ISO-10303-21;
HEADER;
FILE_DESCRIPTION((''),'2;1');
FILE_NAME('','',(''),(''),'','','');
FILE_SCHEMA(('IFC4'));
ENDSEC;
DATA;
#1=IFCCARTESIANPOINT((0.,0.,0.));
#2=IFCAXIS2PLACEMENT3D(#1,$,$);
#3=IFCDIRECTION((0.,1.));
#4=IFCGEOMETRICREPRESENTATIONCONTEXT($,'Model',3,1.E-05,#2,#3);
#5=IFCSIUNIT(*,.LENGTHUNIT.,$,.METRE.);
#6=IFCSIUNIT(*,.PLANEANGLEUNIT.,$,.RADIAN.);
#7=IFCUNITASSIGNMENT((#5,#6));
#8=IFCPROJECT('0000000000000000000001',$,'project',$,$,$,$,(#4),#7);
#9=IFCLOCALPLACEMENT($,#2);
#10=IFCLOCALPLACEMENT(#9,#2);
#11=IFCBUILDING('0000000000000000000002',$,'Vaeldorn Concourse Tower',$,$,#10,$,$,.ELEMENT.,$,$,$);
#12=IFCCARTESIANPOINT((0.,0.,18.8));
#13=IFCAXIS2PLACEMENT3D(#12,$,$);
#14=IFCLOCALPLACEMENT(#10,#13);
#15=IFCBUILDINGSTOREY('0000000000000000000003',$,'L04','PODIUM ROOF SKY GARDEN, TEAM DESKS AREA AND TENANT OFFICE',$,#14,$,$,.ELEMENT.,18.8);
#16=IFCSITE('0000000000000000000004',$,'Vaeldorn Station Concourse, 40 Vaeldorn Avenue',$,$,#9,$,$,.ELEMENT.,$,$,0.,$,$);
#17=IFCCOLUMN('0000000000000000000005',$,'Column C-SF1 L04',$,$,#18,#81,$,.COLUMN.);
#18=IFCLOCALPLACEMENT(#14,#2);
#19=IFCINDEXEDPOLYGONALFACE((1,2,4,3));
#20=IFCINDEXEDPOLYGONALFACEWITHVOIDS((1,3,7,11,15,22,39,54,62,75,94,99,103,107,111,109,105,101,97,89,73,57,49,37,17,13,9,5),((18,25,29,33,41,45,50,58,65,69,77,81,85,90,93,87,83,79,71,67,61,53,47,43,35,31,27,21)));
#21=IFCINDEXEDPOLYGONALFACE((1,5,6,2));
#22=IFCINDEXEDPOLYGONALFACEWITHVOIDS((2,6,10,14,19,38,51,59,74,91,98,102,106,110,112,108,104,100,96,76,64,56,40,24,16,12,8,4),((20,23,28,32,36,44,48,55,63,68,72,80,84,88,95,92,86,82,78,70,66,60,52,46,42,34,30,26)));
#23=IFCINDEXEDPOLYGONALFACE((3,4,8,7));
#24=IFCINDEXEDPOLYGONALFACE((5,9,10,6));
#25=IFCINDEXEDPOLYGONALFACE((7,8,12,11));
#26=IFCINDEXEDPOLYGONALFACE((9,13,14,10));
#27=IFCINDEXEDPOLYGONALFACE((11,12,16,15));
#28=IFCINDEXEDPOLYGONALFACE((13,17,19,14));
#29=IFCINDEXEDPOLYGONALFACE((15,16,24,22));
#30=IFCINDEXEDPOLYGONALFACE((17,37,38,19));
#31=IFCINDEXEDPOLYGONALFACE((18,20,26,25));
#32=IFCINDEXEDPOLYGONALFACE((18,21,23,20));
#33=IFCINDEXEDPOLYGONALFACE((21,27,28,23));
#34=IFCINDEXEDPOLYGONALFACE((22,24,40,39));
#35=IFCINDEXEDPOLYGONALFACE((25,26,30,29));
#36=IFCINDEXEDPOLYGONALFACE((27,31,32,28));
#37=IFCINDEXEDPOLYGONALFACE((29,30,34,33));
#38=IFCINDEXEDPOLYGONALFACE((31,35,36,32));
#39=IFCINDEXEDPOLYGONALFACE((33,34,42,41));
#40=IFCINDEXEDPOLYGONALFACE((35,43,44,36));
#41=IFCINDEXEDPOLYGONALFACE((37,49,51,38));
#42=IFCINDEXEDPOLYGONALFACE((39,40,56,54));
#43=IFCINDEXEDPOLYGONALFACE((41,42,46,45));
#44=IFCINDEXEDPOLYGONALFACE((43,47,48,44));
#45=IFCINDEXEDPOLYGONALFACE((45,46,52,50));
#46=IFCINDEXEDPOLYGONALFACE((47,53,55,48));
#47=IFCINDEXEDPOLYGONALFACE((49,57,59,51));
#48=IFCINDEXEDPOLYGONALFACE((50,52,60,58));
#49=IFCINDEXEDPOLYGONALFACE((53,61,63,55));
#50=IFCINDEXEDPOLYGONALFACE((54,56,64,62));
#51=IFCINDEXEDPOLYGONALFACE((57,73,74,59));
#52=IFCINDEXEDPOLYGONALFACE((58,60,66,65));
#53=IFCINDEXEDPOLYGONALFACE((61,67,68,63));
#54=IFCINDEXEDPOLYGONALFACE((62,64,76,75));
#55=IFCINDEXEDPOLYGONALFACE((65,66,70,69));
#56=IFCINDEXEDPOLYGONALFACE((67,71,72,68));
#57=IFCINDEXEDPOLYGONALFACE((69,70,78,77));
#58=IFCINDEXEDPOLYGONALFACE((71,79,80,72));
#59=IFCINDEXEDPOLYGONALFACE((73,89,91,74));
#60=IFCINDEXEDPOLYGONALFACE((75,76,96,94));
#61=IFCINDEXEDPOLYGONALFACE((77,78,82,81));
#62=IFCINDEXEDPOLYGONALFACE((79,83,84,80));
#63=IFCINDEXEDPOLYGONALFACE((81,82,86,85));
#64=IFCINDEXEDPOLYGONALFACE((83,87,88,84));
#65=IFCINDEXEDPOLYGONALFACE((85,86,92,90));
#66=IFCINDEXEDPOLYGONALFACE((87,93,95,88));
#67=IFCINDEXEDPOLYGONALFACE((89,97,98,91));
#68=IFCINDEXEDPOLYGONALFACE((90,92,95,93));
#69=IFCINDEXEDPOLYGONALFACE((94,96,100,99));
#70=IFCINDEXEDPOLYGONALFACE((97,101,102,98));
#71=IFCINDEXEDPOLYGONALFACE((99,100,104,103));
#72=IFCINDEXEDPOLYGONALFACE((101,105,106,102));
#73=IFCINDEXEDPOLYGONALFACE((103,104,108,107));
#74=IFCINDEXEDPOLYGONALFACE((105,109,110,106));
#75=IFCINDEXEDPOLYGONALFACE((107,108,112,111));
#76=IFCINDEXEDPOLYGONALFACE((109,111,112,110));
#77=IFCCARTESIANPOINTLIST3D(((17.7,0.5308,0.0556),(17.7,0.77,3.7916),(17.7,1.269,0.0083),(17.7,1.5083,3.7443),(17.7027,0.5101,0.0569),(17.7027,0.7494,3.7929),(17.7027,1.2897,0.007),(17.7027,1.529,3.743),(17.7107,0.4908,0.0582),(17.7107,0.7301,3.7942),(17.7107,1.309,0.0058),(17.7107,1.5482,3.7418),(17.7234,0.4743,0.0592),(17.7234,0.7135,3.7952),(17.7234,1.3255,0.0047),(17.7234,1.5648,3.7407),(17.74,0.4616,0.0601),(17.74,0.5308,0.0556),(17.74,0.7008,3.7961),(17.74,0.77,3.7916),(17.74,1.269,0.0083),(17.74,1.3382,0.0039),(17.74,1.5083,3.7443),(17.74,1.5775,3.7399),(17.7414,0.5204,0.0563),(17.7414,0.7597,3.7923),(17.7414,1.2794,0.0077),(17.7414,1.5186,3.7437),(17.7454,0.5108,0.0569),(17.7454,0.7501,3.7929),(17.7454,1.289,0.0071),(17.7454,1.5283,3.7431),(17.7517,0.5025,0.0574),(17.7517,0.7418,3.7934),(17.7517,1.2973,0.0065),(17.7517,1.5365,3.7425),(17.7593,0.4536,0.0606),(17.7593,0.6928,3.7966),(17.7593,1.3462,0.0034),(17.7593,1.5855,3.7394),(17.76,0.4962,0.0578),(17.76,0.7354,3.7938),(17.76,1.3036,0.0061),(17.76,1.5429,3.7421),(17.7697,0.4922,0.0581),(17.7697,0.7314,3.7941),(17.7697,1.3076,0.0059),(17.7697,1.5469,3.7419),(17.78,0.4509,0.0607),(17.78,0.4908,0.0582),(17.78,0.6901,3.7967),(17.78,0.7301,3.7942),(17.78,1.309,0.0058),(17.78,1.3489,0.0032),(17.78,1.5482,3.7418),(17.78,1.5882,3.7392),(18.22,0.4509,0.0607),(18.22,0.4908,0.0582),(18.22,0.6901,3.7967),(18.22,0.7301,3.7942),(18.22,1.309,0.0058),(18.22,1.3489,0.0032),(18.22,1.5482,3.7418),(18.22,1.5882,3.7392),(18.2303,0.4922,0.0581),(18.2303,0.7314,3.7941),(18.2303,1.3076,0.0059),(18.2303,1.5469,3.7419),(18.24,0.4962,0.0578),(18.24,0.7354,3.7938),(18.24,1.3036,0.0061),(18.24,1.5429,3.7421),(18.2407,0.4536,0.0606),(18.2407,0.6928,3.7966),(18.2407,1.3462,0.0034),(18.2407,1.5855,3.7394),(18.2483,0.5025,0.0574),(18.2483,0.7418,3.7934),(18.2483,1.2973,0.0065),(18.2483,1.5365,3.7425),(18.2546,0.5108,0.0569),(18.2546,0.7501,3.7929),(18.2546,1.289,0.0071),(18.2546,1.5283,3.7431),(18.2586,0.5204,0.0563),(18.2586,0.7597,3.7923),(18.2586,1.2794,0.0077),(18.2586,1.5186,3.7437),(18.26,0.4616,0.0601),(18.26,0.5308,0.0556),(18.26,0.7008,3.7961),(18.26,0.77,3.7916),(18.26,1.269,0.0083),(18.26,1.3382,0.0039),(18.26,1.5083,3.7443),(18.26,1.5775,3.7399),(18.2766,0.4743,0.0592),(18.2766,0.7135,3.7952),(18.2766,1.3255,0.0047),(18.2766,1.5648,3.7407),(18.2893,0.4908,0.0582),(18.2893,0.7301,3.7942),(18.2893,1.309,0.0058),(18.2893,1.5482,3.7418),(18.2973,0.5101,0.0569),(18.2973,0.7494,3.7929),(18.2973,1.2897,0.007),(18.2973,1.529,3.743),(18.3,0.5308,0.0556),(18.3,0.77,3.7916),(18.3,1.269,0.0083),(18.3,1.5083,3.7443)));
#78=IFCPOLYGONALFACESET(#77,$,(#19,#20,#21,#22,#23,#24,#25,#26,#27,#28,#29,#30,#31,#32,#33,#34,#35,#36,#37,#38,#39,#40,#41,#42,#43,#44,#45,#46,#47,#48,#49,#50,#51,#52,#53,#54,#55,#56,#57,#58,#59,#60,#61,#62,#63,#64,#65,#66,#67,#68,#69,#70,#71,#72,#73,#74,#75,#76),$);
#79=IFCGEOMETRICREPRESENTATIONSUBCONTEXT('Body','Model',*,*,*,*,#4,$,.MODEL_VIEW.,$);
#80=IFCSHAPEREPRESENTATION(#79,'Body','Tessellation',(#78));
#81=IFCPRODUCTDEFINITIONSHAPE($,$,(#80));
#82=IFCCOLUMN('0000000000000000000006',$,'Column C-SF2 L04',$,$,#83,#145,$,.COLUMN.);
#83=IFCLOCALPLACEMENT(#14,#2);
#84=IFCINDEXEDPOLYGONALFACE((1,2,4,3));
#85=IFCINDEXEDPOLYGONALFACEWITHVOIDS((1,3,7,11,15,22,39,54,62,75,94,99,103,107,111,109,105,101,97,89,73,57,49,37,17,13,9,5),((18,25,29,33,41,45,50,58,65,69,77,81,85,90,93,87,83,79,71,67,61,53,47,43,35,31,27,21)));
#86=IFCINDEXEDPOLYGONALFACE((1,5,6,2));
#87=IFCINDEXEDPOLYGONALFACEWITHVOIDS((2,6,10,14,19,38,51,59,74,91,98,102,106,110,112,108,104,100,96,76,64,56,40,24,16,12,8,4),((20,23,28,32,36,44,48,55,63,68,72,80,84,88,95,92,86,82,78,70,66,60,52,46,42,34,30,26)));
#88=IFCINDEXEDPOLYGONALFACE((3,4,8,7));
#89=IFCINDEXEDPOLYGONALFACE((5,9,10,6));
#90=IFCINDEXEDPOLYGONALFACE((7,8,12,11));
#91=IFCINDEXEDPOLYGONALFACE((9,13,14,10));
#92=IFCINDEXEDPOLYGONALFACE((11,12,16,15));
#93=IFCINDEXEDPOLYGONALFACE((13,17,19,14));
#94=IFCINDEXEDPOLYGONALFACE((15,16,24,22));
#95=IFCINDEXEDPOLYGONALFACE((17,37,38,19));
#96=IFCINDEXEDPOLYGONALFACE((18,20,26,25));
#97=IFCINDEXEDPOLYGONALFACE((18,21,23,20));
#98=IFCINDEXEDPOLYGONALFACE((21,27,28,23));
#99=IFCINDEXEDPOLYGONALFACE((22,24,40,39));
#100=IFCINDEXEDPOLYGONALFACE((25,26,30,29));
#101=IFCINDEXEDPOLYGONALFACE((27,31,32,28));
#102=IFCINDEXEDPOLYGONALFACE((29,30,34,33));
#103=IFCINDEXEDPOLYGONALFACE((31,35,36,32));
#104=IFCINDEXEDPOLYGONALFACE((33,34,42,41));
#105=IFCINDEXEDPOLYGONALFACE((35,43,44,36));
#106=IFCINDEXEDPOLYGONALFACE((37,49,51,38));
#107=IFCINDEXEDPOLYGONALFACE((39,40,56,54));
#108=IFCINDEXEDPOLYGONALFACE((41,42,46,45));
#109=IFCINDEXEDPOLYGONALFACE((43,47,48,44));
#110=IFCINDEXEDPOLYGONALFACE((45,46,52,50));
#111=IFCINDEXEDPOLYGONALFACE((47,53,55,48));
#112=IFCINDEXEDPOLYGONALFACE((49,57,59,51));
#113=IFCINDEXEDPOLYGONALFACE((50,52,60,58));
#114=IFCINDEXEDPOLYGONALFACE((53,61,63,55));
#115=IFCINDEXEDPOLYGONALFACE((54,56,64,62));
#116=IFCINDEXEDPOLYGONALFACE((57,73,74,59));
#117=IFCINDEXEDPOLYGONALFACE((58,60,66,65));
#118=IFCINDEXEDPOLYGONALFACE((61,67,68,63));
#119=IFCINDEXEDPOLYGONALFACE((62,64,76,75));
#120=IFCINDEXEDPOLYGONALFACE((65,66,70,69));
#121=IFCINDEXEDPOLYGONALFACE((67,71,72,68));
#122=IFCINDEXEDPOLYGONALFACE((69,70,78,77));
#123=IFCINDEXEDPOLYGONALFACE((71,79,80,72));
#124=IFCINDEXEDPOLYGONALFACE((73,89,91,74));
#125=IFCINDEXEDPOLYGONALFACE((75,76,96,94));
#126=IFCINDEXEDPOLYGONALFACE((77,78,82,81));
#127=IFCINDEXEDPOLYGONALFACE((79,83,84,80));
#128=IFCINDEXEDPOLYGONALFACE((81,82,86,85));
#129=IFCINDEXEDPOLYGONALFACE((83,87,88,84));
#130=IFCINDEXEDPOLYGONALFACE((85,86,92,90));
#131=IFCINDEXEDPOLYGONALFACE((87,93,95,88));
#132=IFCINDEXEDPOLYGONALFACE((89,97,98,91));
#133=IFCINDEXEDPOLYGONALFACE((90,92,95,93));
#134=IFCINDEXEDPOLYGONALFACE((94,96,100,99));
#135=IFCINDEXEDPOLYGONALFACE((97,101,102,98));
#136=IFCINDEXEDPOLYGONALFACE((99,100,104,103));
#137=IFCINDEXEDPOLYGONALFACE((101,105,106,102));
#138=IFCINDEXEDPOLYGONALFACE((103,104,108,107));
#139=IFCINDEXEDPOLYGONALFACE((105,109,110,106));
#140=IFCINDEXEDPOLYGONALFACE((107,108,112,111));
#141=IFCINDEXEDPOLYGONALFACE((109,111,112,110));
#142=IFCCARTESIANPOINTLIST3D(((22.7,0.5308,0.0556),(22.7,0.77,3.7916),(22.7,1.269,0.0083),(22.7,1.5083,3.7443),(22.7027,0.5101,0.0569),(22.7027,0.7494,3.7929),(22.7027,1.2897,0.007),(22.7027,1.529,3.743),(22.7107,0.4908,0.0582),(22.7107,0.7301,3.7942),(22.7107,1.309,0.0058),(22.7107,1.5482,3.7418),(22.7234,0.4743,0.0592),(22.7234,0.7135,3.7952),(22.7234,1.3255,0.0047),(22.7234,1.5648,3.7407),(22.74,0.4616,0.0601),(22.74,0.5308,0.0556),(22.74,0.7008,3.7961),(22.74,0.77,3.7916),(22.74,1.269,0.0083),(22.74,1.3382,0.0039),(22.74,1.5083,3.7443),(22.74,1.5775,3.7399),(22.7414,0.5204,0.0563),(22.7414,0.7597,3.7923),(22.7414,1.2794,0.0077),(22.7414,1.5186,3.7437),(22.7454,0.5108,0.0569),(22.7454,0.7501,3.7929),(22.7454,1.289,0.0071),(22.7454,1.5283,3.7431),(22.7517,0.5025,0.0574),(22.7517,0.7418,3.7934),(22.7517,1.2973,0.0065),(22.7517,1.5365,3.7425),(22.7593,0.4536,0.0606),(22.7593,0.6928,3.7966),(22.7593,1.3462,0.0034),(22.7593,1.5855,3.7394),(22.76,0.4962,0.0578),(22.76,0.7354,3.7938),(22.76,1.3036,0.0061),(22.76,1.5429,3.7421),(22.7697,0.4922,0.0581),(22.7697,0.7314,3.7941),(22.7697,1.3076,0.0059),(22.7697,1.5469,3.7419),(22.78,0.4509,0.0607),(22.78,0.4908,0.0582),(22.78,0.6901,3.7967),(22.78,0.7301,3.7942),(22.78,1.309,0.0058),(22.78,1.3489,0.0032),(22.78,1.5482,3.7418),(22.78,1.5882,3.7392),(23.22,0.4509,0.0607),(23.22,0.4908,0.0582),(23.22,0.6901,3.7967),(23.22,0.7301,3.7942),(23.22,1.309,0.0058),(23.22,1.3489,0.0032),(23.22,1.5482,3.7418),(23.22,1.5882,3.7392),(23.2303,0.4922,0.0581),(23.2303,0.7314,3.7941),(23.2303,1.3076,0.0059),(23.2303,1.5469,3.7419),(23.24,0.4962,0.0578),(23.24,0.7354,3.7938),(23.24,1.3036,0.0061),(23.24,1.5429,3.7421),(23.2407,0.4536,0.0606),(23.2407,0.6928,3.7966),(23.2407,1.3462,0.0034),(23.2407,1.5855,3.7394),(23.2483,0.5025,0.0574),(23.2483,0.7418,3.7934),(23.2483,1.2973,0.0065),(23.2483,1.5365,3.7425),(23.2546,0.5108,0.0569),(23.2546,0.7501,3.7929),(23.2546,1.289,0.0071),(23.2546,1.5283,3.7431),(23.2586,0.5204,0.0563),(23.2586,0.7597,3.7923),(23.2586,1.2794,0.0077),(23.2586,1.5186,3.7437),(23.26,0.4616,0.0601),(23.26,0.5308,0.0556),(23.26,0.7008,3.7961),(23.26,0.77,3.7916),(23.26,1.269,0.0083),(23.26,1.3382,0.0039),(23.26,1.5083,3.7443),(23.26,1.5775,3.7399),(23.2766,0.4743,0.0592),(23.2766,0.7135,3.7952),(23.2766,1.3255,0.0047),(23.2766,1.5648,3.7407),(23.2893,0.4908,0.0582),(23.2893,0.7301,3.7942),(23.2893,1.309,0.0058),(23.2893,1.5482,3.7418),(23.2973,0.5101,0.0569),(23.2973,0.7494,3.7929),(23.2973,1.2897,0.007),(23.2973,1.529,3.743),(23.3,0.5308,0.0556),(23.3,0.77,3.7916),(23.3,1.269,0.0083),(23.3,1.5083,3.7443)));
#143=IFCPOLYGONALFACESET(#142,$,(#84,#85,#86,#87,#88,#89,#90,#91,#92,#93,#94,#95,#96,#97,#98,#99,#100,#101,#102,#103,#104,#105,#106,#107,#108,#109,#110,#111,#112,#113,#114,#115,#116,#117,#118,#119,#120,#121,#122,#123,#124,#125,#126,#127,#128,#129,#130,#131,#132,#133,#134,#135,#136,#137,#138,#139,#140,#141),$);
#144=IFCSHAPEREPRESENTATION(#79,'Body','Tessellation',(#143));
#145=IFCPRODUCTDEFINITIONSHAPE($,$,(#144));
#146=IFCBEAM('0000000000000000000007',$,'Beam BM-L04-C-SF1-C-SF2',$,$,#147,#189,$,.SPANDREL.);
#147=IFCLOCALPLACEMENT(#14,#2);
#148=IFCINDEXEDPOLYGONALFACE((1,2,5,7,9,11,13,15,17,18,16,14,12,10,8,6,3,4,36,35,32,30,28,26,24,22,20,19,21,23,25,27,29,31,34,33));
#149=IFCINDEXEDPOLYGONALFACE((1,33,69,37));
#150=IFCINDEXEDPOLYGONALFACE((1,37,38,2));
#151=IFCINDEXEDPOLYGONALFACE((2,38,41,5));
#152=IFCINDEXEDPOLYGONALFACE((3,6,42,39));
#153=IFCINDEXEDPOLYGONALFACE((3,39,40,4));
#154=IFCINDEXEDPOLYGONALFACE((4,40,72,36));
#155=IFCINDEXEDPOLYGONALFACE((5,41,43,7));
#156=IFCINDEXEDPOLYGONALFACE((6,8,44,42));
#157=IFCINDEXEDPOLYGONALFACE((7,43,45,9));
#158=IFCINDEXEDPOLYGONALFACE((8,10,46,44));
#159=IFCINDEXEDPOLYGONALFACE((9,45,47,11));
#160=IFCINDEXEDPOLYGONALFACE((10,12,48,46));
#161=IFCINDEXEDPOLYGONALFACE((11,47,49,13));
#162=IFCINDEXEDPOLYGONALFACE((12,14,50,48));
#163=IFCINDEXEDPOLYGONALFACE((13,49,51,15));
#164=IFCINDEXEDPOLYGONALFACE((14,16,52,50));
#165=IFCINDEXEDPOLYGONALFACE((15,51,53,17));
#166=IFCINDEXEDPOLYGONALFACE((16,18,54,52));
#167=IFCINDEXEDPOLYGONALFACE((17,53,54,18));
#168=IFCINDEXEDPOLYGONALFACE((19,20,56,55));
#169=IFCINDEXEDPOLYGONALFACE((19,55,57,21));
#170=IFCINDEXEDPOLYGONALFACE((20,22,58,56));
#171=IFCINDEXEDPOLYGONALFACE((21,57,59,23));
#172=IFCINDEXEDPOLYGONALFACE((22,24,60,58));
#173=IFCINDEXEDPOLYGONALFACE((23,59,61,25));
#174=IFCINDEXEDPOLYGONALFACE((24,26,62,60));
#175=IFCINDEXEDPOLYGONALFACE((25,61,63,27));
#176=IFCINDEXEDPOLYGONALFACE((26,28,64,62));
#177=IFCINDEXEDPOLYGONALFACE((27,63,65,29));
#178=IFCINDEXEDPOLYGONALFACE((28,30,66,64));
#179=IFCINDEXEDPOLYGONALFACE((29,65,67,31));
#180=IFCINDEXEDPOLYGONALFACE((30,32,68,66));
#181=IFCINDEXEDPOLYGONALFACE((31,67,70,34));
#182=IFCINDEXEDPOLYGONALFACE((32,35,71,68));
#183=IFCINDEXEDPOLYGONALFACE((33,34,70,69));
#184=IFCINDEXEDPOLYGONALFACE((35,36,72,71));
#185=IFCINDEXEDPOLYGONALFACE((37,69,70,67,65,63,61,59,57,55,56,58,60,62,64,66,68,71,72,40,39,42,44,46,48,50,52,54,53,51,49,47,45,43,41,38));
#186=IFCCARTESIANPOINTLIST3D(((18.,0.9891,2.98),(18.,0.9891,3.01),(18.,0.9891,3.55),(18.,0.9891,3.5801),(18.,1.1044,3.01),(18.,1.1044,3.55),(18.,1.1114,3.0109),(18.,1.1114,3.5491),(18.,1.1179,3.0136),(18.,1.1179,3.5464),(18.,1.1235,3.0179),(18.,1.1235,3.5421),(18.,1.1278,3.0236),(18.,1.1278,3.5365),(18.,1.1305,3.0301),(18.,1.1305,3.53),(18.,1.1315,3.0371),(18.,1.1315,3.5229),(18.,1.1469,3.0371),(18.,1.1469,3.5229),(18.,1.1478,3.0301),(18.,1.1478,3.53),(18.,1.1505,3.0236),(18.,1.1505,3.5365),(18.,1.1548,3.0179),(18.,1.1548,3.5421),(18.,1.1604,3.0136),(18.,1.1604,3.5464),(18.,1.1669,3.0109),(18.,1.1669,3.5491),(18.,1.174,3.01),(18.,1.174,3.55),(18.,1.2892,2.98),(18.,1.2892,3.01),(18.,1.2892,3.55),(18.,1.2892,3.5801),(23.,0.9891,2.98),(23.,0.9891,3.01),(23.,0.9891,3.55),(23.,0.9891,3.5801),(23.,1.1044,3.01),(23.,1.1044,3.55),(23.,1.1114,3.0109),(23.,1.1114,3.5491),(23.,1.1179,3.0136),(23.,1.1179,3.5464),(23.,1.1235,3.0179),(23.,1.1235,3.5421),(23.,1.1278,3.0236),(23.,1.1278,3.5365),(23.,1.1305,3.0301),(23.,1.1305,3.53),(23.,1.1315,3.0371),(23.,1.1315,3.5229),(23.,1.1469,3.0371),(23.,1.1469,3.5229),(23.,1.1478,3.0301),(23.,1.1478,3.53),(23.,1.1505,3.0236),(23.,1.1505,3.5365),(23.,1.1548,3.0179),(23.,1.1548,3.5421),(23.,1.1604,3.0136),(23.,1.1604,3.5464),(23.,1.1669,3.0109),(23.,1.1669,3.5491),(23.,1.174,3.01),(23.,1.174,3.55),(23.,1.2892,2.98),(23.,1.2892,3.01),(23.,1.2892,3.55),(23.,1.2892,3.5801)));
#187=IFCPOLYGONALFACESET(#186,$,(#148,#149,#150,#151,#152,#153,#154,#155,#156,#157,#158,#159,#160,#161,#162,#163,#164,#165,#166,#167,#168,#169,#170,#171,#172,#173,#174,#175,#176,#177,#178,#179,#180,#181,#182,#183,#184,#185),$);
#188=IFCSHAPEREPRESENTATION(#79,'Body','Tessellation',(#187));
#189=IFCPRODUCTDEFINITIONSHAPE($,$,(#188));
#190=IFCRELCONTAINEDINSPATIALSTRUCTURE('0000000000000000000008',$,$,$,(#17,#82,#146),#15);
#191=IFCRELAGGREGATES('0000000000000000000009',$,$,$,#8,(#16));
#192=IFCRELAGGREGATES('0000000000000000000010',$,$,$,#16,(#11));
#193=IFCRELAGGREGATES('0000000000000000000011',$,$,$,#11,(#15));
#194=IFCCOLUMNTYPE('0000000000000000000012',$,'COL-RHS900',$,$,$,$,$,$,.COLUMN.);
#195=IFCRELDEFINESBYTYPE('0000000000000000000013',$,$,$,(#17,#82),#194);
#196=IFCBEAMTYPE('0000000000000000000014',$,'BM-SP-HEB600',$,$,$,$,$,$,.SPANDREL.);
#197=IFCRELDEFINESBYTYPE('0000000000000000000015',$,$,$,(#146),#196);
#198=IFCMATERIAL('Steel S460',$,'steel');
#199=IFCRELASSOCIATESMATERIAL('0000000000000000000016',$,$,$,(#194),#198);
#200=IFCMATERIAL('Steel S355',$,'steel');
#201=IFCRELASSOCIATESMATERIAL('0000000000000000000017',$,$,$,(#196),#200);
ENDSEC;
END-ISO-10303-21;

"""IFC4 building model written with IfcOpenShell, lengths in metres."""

from ifc_helpers import new_model, si_unit, direction, frame, origin, origin_2d, place, context, subcontext, project, spatial, hollow_rectangle, i_section, extrude, source, transform, mapped, material, material_profile, profile_set, type_object, element, save


model = new_model("IFC4")

# Units and contexts
model_context = context("Model", 3, precision=1e-05, world=origin(), true_north=direction((0.0, 1.0)))
body_context = subcontext(model_context, "Body", "Model", "MODEL_VIEW")
ifc_project = project(units=[si_unit("LENGTHUNIT", "METRE"), si_unit("PLANEANGLEUNIT", "RADIAN")], contexts=[model_context])

# Site, building, storey
site_placement = place(None, origin())
site = spatial("IfcSite", under=ifc_project, at=site_placement, Name="Vaeldorn Station Concourse, 40 Vaeldorn Avenue", CompositionType="ELEMENT", RefElevation=0.0)
building_placement = place(site_placement, origin())
building = spatial("IfcBuilding", under=site, at=building_placement, Name="Vaeldorn Concourse Tower", CompositionType="ELEMENT")
storey_placement = place(building_placement, frame((0.0, 0.0, 18.8)))
storey = spatial("IfcBuildingStorey", under=building, at=storey_placement, Name="L04", Description="PODIUM ROOF SKY GARDEN, TEAM DESKS AREA AND TENANT OFFICE", CompositionType="ELEMENT", Elevation=18.8)

# Columns
ifc_material_1 = material(Name="Steel S460", Category="steel")
ifc_material_profile_1 = material_profile(ifc_material_1, hollow_rectangle(XDim=0.6001, YDim=0.8999, WallThickness=0.04, InnerFilletRadius=0.04, OuterFilletRadius=0.0801, at=origin_2d()), Name="RHS 900x600x40")
ifc_profile_set_1 = profile_set([ifc_material_profile_1], Name="Steel S460")
column_type = type_object("IfcColumnType", Name="COL-RHS900", PredefinedType="COLUMN", material=ifc_profile_set_1)
shared_shape_1 = source(origin(), body_context, "Body", "SweptSolid", [
    extrude(hollow_rectangle(XDim=0.6001, YDim=0.8999, WallThickness=0.04, InnerFilletRadius=0.04, OuterFilletRadius=0.0801, at=origin_2d()), origin(), (0.0, 0.0, 1.0), 3.7437),
])
for number, where, z_axis, x_axis, name in (
    (1, (18.0, 0.8999, 0.032), (0.0, 0.063909, 0.997956), (-1.0, 0.0, 0.0), "Column C-SF1 L04"),
    (2, (23.0, 0.8999, 0.032), (0.0, 0.063909, 0.997956), (-1.0, 0.0, 0.0), "Column C-SF2 L04"),
):
    element("IfcColumn", number, at=place(storey_placement, frame(where, z_axis=z_axis, x_axis=x_axis)), inside=storey, type_object=column_type, Name=name, PredefinedType="COLUMN", context=body_context, shape_type="MappedRepresentation", body=[
        mapped(shared_shape_1, transform((0.0, 0.0, 0.0), scale=1.0)),
    ])

# Beam
ifc_material_2 = material(Name="Steel S355", Category="steel")
ifc_material_profile_2 = material_profile(ifc_material_2, i_section(OverallWidth=0.3, OverallDepth=0.6001, WebThickness=0.0154, FlangeThickness=0.03, FilletRadius=0.0271, at=origin_2d()), Name="HEB 600")
ifc_profile_set_2 = profile_set([ifc_material_profile_2], Name="Steel S355")
beam_type_1 = type_object("IfcBeamType", Name="BM-SP-HEB600", PredefinedType="SPANDREL", material=ifc_profile_set_2)
shared_shape_2 = source(origin(), body_context, "Body", "SweptSolid", [
    extrude(i_section(OverallWidth=0.3, OverallDepth=0.6001, WebThickness=0.0154, FlangeThickness=0.03, FilletRadius=0.0271, at=origin_2d()), origin(), (0.0, 0.0, 1.0), 5.0),
])
beam_1_placement = place(storey_placement, frame((18.0, 1.1392, 3.28), z_axis=(1.0, 0.0, 0.0), x_axis=(0.0, 1.0, 0.0)))
element("IfcBeam", 3, at=beam_1_placement, inside=storey, type_object=beam_type_1, Name="Beam BM-L04-C-SF1-C-SF2", PredefinedType="SPANDREL", context=body_context, shape_type="MappedRepresentation", body=[
    mapped(shared_shape_2, transform((0.0, 0.0, 0.0), scale=1.0)),
])

save(model, "model.ifc")
